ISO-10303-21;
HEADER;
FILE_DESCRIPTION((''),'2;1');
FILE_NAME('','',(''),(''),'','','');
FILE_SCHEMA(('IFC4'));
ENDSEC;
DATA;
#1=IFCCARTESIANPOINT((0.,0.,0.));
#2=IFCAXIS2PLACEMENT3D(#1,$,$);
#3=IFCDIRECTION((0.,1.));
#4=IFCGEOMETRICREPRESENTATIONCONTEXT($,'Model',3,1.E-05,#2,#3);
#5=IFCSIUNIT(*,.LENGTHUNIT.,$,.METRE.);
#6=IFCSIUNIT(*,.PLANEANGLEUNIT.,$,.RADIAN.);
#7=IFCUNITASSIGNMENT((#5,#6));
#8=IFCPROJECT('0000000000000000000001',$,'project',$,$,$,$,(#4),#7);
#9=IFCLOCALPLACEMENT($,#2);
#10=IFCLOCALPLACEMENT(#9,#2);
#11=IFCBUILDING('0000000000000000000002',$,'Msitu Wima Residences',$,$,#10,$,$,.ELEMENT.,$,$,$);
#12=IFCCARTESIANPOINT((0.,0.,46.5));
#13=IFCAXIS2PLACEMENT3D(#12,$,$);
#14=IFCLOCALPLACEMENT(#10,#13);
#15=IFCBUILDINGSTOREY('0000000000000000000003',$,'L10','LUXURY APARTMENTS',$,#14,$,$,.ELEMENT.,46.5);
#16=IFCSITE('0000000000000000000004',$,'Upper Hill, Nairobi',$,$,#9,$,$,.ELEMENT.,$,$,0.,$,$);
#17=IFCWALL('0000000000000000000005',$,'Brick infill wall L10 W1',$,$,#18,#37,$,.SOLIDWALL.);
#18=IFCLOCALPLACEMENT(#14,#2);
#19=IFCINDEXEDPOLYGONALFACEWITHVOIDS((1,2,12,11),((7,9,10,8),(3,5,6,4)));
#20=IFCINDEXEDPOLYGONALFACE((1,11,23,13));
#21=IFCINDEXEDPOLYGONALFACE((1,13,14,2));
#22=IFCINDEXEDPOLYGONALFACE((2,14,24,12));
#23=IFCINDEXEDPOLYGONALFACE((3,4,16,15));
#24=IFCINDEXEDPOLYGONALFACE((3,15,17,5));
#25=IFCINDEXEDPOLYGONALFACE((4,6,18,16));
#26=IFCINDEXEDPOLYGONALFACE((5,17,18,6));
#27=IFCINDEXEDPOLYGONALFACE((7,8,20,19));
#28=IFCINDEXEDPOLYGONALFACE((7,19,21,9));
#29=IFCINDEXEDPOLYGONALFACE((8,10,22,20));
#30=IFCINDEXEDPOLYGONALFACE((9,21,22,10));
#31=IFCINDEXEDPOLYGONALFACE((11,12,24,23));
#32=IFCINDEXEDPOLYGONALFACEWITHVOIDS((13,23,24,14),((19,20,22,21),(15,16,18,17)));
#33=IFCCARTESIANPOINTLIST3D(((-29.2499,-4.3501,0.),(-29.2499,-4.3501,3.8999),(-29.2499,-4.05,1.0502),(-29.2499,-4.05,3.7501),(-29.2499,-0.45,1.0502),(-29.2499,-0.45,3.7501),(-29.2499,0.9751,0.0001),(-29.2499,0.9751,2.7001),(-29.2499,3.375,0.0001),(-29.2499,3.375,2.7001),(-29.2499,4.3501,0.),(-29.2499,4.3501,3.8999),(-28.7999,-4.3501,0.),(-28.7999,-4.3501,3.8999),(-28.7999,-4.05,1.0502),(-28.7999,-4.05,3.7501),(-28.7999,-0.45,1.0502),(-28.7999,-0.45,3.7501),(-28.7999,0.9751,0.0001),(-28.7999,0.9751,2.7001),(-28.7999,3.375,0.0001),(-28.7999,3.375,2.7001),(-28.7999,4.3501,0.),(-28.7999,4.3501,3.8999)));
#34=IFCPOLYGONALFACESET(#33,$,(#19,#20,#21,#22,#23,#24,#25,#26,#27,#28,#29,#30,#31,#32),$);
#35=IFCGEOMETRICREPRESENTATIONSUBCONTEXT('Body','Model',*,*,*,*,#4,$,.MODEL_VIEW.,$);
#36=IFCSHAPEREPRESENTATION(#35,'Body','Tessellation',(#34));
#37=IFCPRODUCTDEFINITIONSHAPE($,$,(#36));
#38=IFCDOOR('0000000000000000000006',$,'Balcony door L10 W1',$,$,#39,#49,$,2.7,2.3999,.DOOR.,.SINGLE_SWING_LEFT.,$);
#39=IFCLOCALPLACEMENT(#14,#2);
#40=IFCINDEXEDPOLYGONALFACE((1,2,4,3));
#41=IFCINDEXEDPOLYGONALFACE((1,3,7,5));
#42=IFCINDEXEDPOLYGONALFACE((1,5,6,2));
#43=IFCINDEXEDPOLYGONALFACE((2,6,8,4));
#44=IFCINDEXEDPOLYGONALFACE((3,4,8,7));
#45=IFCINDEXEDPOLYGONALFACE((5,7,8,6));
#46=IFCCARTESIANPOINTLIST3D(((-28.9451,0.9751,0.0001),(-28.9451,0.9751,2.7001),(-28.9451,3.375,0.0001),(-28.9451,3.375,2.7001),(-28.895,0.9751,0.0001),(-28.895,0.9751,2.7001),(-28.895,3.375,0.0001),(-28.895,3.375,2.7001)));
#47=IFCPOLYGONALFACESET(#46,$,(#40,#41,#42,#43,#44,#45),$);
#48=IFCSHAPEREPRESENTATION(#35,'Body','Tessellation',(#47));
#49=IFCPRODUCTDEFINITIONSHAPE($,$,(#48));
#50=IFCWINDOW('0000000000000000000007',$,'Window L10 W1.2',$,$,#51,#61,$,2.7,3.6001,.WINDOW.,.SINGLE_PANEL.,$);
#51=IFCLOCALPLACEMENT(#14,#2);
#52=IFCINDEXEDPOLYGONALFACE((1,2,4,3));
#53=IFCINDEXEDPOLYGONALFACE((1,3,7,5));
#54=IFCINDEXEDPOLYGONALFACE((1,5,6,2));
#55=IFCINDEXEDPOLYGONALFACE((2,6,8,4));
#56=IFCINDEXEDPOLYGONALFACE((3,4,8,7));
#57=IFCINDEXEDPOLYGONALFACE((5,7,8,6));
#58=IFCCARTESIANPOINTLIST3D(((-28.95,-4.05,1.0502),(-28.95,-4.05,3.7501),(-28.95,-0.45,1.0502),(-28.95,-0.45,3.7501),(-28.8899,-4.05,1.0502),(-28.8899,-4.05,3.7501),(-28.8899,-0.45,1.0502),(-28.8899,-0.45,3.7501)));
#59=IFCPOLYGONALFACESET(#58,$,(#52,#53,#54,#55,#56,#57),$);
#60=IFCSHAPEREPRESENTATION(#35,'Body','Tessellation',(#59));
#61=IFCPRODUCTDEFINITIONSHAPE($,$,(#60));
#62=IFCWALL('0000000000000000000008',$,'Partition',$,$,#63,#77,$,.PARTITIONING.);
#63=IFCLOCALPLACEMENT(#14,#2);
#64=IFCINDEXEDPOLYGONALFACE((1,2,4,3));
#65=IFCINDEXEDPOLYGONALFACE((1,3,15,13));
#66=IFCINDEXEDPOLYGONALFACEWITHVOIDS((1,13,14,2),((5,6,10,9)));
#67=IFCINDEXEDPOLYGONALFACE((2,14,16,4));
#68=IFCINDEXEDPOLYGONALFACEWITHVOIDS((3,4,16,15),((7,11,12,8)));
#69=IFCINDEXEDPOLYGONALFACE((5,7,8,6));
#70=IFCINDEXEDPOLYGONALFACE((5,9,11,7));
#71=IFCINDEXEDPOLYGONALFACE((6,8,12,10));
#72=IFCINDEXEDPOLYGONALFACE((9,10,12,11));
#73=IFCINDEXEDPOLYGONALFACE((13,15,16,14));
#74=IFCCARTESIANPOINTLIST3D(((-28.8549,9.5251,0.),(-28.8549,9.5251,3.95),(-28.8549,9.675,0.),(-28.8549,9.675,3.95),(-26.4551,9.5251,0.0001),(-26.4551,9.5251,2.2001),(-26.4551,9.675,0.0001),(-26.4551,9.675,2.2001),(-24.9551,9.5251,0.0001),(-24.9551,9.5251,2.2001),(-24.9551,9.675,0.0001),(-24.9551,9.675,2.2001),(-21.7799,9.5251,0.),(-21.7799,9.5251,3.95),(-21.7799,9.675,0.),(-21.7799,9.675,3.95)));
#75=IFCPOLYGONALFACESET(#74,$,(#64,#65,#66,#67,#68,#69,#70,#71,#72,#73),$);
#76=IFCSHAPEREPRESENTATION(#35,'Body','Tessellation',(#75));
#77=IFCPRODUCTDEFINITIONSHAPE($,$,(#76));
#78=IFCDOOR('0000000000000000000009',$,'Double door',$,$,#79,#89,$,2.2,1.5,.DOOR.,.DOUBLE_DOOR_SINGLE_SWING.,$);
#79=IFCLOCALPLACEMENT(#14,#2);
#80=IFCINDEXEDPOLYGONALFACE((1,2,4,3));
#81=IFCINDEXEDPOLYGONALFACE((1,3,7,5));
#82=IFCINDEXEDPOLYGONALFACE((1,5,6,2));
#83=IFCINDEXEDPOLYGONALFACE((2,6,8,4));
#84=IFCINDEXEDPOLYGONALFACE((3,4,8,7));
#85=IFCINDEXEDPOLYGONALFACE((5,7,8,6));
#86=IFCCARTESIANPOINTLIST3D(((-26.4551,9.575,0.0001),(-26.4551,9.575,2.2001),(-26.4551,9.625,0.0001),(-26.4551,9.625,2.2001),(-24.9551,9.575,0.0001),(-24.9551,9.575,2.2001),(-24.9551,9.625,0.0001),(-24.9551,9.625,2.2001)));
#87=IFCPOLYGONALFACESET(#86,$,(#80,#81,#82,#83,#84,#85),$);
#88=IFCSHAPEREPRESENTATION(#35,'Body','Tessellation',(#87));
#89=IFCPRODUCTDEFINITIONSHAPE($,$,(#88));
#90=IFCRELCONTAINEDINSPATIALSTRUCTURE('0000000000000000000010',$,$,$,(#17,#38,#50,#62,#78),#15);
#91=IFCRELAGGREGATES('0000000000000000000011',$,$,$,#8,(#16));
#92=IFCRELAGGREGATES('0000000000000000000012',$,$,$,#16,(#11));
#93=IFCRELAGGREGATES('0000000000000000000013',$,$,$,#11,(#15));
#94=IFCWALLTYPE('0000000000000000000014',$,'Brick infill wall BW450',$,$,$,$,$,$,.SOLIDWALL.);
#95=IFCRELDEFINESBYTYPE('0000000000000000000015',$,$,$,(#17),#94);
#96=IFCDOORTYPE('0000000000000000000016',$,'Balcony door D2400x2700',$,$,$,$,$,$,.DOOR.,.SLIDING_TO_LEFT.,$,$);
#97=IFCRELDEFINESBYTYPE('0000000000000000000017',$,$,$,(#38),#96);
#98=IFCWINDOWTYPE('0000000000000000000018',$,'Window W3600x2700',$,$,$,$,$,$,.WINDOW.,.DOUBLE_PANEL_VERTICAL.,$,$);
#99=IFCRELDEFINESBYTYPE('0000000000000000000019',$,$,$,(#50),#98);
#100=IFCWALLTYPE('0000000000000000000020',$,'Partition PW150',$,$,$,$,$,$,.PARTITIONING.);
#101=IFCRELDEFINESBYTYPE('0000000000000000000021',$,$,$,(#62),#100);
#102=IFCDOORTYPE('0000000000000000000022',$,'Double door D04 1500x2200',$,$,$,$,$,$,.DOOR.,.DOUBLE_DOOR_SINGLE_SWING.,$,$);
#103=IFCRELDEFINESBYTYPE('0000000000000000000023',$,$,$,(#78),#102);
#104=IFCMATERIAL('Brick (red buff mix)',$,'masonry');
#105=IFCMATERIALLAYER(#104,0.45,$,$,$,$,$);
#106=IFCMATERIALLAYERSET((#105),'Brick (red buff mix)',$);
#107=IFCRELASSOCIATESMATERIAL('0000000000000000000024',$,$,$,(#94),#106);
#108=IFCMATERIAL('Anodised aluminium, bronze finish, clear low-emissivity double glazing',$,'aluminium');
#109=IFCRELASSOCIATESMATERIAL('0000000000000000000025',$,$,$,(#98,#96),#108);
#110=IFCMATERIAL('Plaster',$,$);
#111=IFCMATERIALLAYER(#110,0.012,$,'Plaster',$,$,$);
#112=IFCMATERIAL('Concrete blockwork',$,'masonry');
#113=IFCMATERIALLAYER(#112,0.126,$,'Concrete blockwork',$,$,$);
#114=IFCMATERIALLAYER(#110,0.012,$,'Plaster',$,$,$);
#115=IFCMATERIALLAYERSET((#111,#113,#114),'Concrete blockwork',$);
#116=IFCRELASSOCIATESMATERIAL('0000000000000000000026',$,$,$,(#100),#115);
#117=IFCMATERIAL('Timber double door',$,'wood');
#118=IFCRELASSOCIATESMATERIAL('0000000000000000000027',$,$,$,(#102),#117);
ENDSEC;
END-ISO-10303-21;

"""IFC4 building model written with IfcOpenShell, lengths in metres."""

from ifc_helpers import new_model, si_unit, direction, frame, frame_2d, origin, place, context, subcontext, project, spatial, rectangle, extrude, material, layer, layer_set, type_object, element, fill, save


model = new_model("IFC4")

# Units and contexts
model_context = context("Model", 3, precision=1e-05, world=origin(), true_north=direction((0.0, 1.0)))
body_context = subcontext(model_context, "Body", "Model", "MODEL_VIEW")
ifc_project = project(units=[si_unit("LENGTHUNIT", "METRE"), si_unit("PLANEANGLEUNIT", "RADIAN")], contexts=[model_context])

# Site, building, storey
site_placement = place(None, origin())
site = spatial("IfcSite", under=ifc_project, at=site_placement, Name="Upper Hill, Nairobi", CompositionType="ELEMENT", RefElevation=0.0)
building_placement = place(site_placement, origin())
building = spatial("IfcBuilding", under=site, at=building_placement, Name="Msitu Wima Residences", CompositionType="ELEMENT")
storey_placement = place(building_placement, frame((0.0, 0.0, 46.5)))
storey = spatial("IfcBuildingStorey", under=building, at=storey_placement, Name="L10", Description="LUXURY APARTMENTS", CompositionType="ELEMENT", Elevation=46.5)

# Shared definitions
ifc_material_1 = material(Name="Brick (red buff mix)", Category="masonry")
ifc_layer_1 = layer(ifc_material_1, 0.45)
ifc_layer_set_1 = layer_set([ifc_layer_1], Name="Brick (red buff mix)")
wall_type_1 = type_object("IfcWallType", Name="Brick infill wall BW450", PredefinedType="SOLIDWALL", material=ifc_layer_set_1)
ifc_material_2 = material(Name="Anodised aluminium, bronze finish, clear low-emissivity double glazing", Category="aluminium")
window_type = type_object("IfcWindowType", Name="Window W3600x2700", PartitioningType="DOUBLE_PANEL_VERTICAL", PredefinedType="WINDOW", material=ifc_material_2)

# Wall, openings, door, window
wall_1_placement = place(storey_placement, frame((-29.0249, 4.3501, 0.0), z_axis=(0.0, 0.0, 1.0), x_axis=(0.0, -1.0, 0.0)))
wall_1 = element("IfcWall", 1, at=wall_1_placement, inside=storey, type_object=wall_type_1, Name="Brick infill wall L10 W1", PredefinedType="SOLIDWALL", context=body_context, shape_type="SweptSolid", body=[
    extrude(rectangle(XDim=8.7002, YDim=0.45, at=frame_2d((4.3501, 0.0))), origin(), (0.0, 0.0, 1.0), 3.8999),
])
opening_1_placement = place(wall_1_placement, frame((0.9751, 0.0, 0.0)))
opening_1 = element("IfcOpeningElement", 2, at=opening_1_placement, cuts=wall_1, PredefinedType="OPENING", context=body_context, shape_type="SweptSolid", body=[
    extrude(rectangle(XDim=2.3999, YDim=2.7, at=frame_2d((1.2, 1.3501))), frame((0.0, 0.2349, 0.0), z_axis=(0.0, -1.0, 0.0), x_axis=(1.0, 0.0, 0.0)), (0.0, 0.0, 1.0), 0.47),
])
opening_2_placement = place(wall_1_placement, frame((4.8, 0.0, 1.05)))
opening_2 = element("IfcOpeningElement", 3, at=opening_2_placement, cuts=wall_1, PredefinedType="OPENING", context=body_context, shape_type="SweptSolid", body=[
    extrude(rectangle(XDim=3.6001, YDim=2.7, at=frame_2d((1.8, 1.3501))), frame((0.0, 0.2349, 0.0), z_axis=(0.0, -1.0, 0.0), x_axis=(1.0, 0.0, 0.0)), (0.0, 0.0, 1.0), 0.47),
])
door_type_1 = type_object("IfcDoorType", Name="Balcony door D2400x2700", OperationType="SLIDING_TO_LEFT", PredefinedType="DOOR", material=ifc_material_2)
door_1_placement = place(opening_1_placement, origin())
door_1 = element("IfcDoor", 4, at=door_1_placement, inside=storey, type_object=door_type_1, Name="Balcony door L10 W1", OperationType="SINGLE_SWING_LEFT", OverallHeight=2.7, OverallWidth=2.3999, PredefinedType="DOOR", context=body_context, shape_type="SweptSolid", body=[
    extrude(rectangle(XDim=2.3999, YDim=2.7, at=frame_2d((1.2, 1.3501))), frame((0.0, 0.1299, 0.0), z_axis=(0.0, -1.0, 0.0), x_axis=(1.0, 0.0, 0.0)), (0.0, 0.0, 1.0), 0.05),
])
fill(opening_1, door_1)
window_1_placement = place(opening_2_placement, origin())
window_1 = element("IfcWindow", 5, at=window_1_placement, inside=storey, type_object=window_type, Name="Window L10 W1.2", OverallHeight=2.7, OverallWidth=3.6001, PartitioningType="SINGLE_PANEL", PredefinedType="WINDOW", context=body_context, shape_type="SweptSolid", body=[
    extrude(rectangle(XDim=3.6001, YDim=2.7, at=frame_2d((1.8, 1.3501))), frame((0.0, 0.135, 0.0), z_axis=(0.0, -1.0, 0.0), x_axis=(1.0, 0.0, 0.0)), (0.0, 0.0, 1.0), 0.0601),
])
fill(opening_2, window_1)

# Wall, opening, door
ifc_material_3 = material(Name="Plaster")
ifc_layer_2 = layer(ifc_material_3, 0.012, Name="Plaster")
ifc_material_4 = material(Name="Concrete blockwork", Category="masonry")
ifc_layer_3 = layer(ifc_material_4, 0.126, Name="Concrete blockwork")
ifc_layer_4 = layer(ifc_material_3, 0.012, Name="Plaster")
ifc_layer_set_2 = layer_set([ifc_layer_2, ifc_layer_3, ifc_layer_4], Name="Concrete blockwork")
wall_type_2 = type_object("IfcWallType", Name="Partition PW150", PredefinedType="PARTITIONING", material=ifc_layer_set_2)
wall_2_placement = place(storey_placement, frame((-28.855, 9.6001, 0.0), z_axis=(0.0, 0.0, 1.0), x_axis=(1.0, 0.0, 0.0)))
wall_2 = element("IfcWall", 6, at=wall_2_placement, inside=storey, type_object=wall_type_2, Name="Partition", PredefinedType="PARTITIONING", context=body_context, shape_type="SweptSolid", body=[
    extrude(rectangle(XDim=7.075, YDim=0.1499, at=frame_2d((3.5376, 0.0))), origin(), (0.0, 0.0, 1.0), 3.95),
])
opening_3_placement = place(wall_2_placement, frame((2.3999, 0.0, 0.0)))
opening_3 = element("IfcOpeningElement", 7, at=opening_3_placement, cuts=wall_2, PredefinedType="OPENING", context=body_context, shape_type="SweptSolid", body=[
    extrude(rectangle(XDim=1.5, YDim=2.2, at=frame_2d((0.75, 1.1001))), frame((0.0, 0.085, 0.0), z_axis=(0.0, -1.0, 0.0), x_axis=(1.0, 0.0, 0.0)), (0.0, 0.0, 1.0), 0.1699),
])
ifc_material_5 = material(Name="Timber double door", Category="wood")
door_type_2 = type_object("IfcDoorType", Name="Double door D04 1500x2200", OperationType="DOUBLE_DOOR_SINGLE_SWING", PredefinedType="DOOR", material=ifc_material_5)
door_2_placement = place(opening_3_placement, origin())
door_2 = element("IfcDoor", 8, at=door_2_placement, inside=storey, type_object=door_type_2, Name="Double door", OperationType="DOUBLE_DOOR_SINGLE_SWING", OverallHeight=2.2, OverallWidth=1.5, PredefinedType="DOOR", context=body_context, shape_type="SweptSolid", body=[
    extrude(rectangle(XDim=1.5, YDim=2.2, at=frame_2d((0.75, 1.1001))), frame((0.0, 0.0249, 0.0), z_axis=(0.0, -1.0, 0.0), x_axis=(1.0, 0.0, 0.0)), (0.0, 0.0, 1.0), 0.05),
])
fill(opening_3, door_2)

save(model, "model.ifc")
